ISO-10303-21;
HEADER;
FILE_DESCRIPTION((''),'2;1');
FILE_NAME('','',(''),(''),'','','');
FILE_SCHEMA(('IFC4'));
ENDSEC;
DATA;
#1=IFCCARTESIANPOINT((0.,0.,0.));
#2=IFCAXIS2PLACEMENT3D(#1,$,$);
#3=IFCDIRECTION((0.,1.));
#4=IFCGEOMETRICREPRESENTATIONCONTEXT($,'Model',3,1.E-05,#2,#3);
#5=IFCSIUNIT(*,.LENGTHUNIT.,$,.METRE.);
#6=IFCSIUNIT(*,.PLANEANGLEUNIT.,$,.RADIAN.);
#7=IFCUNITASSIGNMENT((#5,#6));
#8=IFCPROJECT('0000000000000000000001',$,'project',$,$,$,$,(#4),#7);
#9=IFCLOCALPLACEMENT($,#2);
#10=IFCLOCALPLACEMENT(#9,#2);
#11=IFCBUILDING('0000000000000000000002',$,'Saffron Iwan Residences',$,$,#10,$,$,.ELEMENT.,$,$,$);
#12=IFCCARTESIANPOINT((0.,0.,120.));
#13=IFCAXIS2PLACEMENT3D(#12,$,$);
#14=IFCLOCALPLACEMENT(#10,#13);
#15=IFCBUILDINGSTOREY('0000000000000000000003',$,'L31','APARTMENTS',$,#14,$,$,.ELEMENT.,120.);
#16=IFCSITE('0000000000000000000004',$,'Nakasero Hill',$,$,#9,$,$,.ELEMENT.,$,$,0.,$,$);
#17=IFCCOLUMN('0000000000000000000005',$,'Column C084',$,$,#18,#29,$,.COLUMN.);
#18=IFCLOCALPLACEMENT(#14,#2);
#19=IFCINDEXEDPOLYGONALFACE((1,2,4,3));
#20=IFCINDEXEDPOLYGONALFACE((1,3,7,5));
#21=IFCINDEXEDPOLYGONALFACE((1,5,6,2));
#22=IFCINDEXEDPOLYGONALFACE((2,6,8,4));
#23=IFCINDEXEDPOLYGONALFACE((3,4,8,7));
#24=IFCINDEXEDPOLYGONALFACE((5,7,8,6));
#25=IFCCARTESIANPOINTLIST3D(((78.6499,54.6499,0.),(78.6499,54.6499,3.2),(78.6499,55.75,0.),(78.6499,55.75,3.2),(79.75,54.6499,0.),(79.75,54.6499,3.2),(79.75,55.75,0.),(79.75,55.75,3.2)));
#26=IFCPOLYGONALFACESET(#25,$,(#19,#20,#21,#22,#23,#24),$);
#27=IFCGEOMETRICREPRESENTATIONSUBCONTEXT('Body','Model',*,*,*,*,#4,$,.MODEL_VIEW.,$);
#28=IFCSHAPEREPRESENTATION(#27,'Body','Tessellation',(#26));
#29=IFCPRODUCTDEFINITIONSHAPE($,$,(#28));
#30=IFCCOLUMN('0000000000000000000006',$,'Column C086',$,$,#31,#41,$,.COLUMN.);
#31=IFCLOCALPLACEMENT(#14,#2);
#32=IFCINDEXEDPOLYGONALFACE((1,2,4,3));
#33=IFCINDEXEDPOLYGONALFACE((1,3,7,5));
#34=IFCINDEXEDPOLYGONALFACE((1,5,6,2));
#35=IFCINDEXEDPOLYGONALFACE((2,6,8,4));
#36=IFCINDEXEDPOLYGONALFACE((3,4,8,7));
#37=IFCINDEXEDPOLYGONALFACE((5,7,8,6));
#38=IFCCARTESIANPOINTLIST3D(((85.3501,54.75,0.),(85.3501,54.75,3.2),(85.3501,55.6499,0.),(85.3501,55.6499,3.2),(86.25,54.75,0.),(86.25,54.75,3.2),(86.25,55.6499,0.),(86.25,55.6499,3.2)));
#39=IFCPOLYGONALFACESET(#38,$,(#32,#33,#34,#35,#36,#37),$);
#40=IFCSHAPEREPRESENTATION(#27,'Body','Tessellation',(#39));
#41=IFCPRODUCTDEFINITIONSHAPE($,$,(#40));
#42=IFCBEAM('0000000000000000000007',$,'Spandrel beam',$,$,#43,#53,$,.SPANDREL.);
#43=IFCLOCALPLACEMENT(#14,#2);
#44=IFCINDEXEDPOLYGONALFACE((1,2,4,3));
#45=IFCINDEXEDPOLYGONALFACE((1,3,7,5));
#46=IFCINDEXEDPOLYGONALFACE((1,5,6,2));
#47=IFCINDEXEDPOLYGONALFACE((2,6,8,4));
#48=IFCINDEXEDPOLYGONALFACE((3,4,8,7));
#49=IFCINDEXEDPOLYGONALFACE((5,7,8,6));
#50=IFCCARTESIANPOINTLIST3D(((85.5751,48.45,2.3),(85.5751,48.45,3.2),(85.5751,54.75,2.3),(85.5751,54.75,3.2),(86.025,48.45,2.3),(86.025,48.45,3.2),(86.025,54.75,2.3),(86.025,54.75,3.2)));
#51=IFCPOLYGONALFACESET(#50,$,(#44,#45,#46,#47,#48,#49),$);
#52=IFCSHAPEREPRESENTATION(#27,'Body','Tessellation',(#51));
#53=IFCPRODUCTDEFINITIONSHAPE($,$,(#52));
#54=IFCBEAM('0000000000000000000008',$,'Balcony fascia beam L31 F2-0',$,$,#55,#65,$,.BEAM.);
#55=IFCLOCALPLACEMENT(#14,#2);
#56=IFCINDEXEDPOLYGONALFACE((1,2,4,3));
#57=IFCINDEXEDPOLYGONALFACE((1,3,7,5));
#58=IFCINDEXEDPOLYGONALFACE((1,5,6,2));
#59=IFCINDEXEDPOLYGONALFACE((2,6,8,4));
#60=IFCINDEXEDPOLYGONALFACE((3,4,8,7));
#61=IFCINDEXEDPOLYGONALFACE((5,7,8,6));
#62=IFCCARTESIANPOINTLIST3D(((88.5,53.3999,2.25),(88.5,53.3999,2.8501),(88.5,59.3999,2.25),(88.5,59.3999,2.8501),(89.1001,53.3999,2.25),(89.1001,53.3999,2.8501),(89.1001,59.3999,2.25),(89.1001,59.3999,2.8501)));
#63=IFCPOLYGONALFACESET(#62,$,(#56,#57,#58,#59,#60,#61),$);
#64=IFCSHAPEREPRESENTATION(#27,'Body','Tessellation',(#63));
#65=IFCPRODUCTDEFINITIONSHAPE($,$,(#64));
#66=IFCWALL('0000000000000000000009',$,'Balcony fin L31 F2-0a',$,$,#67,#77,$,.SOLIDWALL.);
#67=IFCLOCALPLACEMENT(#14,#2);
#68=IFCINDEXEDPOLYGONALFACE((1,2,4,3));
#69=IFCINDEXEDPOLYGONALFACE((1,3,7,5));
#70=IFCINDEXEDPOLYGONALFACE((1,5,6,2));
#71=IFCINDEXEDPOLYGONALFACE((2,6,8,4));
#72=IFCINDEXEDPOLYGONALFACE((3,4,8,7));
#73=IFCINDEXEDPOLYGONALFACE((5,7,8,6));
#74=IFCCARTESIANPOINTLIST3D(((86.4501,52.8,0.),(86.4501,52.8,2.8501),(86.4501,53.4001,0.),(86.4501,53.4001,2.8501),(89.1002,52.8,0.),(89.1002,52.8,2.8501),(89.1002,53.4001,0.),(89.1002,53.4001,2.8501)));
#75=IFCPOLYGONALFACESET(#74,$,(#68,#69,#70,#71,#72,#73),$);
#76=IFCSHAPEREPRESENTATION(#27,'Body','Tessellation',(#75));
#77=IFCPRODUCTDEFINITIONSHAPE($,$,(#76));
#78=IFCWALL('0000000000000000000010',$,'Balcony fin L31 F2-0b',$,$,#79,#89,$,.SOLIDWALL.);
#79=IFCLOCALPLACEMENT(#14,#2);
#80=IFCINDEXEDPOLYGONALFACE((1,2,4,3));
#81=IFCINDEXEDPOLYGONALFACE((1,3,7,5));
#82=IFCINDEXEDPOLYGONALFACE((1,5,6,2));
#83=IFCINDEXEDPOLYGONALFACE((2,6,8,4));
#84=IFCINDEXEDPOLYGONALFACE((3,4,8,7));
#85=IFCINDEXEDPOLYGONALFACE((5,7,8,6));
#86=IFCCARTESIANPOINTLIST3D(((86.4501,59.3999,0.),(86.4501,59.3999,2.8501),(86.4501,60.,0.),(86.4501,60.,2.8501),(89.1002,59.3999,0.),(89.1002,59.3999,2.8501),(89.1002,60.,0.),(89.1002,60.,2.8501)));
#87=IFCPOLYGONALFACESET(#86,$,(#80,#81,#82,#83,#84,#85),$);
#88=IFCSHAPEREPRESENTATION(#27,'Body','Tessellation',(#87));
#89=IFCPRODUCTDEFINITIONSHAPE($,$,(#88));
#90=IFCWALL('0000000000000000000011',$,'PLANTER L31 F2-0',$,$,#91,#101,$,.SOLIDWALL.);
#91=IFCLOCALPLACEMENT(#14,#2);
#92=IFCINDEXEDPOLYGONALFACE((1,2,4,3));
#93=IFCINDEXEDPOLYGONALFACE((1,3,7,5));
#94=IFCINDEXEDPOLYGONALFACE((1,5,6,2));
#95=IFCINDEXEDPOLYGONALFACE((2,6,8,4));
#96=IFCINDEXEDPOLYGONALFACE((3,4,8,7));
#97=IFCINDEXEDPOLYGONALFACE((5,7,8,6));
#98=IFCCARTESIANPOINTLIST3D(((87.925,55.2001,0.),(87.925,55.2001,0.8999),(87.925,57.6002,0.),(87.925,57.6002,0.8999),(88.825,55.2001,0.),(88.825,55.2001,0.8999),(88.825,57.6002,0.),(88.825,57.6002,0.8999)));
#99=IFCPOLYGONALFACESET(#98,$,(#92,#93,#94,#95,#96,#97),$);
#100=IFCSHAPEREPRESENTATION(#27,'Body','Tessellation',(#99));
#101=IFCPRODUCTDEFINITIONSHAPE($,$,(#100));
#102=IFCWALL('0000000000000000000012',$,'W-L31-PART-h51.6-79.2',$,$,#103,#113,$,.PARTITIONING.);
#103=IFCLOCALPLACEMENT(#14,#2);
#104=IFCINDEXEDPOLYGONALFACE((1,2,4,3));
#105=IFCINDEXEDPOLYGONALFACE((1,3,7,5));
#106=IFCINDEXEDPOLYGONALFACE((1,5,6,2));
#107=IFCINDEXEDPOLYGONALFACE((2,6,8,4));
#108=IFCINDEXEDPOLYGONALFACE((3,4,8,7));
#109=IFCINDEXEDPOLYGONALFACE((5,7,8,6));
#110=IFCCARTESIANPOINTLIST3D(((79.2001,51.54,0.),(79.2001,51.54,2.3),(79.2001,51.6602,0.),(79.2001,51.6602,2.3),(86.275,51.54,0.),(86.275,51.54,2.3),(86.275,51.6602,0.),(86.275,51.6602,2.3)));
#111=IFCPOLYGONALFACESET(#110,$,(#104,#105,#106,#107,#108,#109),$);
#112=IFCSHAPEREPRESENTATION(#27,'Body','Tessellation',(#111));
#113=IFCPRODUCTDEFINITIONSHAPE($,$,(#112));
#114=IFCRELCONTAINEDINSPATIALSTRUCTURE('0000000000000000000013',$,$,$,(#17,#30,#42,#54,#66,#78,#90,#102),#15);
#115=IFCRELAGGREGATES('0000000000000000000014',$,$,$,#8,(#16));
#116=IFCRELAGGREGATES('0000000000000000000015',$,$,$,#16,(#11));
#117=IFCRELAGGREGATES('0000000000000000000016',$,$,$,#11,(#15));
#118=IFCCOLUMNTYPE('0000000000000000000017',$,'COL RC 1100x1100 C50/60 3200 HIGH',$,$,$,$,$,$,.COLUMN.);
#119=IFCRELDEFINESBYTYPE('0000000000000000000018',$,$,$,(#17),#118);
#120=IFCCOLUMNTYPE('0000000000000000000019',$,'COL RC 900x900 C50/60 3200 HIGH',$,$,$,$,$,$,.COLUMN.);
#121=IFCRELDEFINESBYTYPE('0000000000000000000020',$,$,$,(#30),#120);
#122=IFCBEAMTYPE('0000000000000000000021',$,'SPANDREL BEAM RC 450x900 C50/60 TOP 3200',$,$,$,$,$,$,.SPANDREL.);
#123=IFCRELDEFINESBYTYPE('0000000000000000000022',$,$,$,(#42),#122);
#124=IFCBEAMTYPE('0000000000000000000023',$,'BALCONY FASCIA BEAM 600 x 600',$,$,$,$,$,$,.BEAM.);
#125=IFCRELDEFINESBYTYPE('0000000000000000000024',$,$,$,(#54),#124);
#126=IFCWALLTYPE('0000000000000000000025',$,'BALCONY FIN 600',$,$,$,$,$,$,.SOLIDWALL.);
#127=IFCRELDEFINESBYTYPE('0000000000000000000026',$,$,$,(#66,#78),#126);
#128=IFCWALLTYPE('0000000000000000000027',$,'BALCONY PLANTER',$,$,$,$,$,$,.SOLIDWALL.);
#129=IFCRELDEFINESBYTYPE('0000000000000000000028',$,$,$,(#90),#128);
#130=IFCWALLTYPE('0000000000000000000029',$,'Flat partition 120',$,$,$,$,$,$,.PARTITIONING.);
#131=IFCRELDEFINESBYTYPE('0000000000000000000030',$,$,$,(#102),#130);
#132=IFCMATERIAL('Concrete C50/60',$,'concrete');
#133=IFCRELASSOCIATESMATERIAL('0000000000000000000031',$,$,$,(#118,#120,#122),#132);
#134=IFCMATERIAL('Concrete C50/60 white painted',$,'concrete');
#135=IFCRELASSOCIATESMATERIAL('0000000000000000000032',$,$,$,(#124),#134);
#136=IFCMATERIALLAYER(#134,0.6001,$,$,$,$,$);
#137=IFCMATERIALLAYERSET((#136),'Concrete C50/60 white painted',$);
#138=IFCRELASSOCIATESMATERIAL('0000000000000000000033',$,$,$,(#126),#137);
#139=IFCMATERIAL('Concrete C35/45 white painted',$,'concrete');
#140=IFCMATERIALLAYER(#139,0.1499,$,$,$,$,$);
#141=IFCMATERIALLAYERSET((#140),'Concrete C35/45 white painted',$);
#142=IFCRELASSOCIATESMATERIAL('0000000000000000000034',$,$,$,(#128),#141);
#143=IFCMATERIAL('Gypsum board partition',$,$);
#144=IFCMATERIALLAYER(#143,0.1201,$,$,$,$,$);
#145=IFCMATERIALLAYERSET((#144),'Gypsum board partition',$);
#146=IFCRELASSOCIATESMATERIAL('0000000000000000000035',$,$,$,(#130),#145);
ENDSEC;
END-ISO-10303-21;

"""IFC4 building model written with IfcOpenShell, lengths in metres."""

from ifc_helpers import new_model, si_unit, direction, frame, frame_2d, origin, origin_2d, place, context, subcontext, project, spatial, rectangle, extrude, source, transform, mapped, material, layer, layer_set, material_profile, profile_set, type_object, element, save


model = new_model("IFC4")

# Units and contexts
model_context = context("Model", 3, precision=1e-05, world=origin(), true_north=direction((0.0, 1.0)))
body_context = subcontext(model_context, "Body", "Model", "MODEL_VIEW")
ifc_project = project(units=[si_unit("LENGTHUNIT", "METRE"), si_unit("PLANEANGLEUNIT", "RADIAN")], contexts=[model_context])

# Site, building, storey
site_placement = place(None, origin())
site = spatial("IfcSite", under=ifc_project, at=site_placement, Name="Nakasero Hill", CompositionType="ELEMENT", RefElevation=0.0)
building_placement = place(site_placement, origin())
building = spatial("IfcBuilding", under=site, at=building_placement, Name="Saffron Iwan Residences", CompositionType="ELEMENT")
storey_placement = place(building_placement, frame((0.0, 0.0, 120.0)))
storey = spatial("IfcBuildingStorey", under=building, at=storey_placement, Name="L31", Description="APARTMENTS", CompositionType="ELEMENT", Elevation=120.0)

# Columns
ifc_material_1 = material(Name="Concrete C50/60", Category="concrete")
ifc_material_profile_1 = material_profile(ifc_material_1, rectangle(XDim=1.1001, YDim=1.1001, at=origin_2d()), Name="RC 1100x1100")
ifc_profile_set_1 = profile_set([ifc_material_profile_1], Name="Concrete C50/60")
column_type_1 = type_object("IfcColumnType", Name="COL RC 1100x1100 C50/60 3200 HIGH", PredefinedType="COLUMN", material=ifc_profile_set_1)
shared_shape_1 = source(origin(), body_context, "Body", "SweptSolid", [
    extrude(rectangle(XDim=1.1001, YDim=1.1001, at=origin_2d()), origin(), (0.0, 0.0, 1.0), 3.2),
])
column_1_placement = place(storey_placement, frame((79.2, 55.2, 0.0), z_axis=(0.0, 0.0, 1.0), x_axis=(1.0, 0.0, 0.0)))
element("IfcColumn", 1, at=column_1_placement, inside=storey, type_object=column_type_1, Name="Column C084", PredefinedType="COLUMN", context=body_context, shape_type="MappedRepresentation", body=[
    mapped(shared_shape_1, transform((0.0, 0.0, 0.0))),
])
ifc_material_profile_2 = material_profile(ifc_material_1, rectangle(XDim=0.8999, YDim=0.8999, at=origin_2d()), Name="RC 900x900")
ifc_profile_set_2 = profile_set([ifc_material_profile_2], Name="Concrete C50/60")
column_type_2 = type_object("IfcColumnType", Name="COL RC 900x900 C50/60 3200 HIGH", PredefinedType="COLUMN", material=ifc_profile_set_2)
shared_shape_2 = source(origin(), body_context, "Body", "SweptSolid", [
    extrude(rectangle(XDim=0.8999, YDim=0.8999, at=origin_2d()), origin(), (0.0, 0.0, 1.0), 3.2),
])
column_2_placement = place(storey_placement, frame((85.8, 55.2, 0.0), z_axis=(0.0, 0.0, 1.0), x_axis=(1.0, 0.0, 0.0)))
element("IfcColumn", 2, at=column_2_placement, inside=storey, type_object=column_type_2, Name="Column C086", PredefinedType="COLUMN", context=body_context, shape_type="MappedRepresentation", body=[
    mapped(shared_shape_2, transform((0.0, 0.0, 0.0))),
])

# Beams
ifc_material_profile_3 = material_profile(ifc_material_1, rectangle(XDim=0.45, YDim=0.8999, at=origin_2d()), Name="RC 450x900")
ifc_profile_set_3 = profile_set([ifc_material_profile_3], Name="Concrete C50/60")
beam_type_1 = type_object("IfcBeamType", Name="SPANDREL BEAM RC 450x900 C50/60 TOP 3200", PredefinedType="SPANDREL", material=ifc_profile_set_3)
shared_shape_3 = source(origin(), body_context, "Body", "SweptSolid", [
    extrude(rectangle(XDim=0.45, YDim=0.8999, at=origin_2d()), origin(), (0.0, 0.0, 1.0), 6.3),
])
beam_1_placement = place(storey_placement, frame((85.8, 54.75, 2.75), z_axis=(0.0, -1.0, 0.0), x_axis=(1.0, 0.0, 0.0)))
element("IfcBeam", 3, at=beam_1_placement, inside=storey, type_object=beam_type_1, Name="Spandrel beam", PredefinedType="SPANDREL", context=body_context, shape_type="MappedRepresentation", body=[
    mapped(shared_shape_3, transform((0.0, 0.0, 0.0))),
])
ifc_material_2 = material(Name="Concrete C50/60 white painted", Category="concrete")
ifc_material_profile_4 = material_profile(ifc_material_2, rectangle(XDim=0.6001, YDim=0.6001, at=origin_2d()), Name="BALCONY FASCIA BEAM 600 x 600")
ifc_profile_set_4 = profile_set([ifc_material_profile_4], Name="Concrete C50/60 white painted")
beam_type_2 = type_object("IfcBeamType", Name="BALCONY FASCIA BEAM 600 x 600", PredefinedType="BEAM", material=ifc_profile_set_4)
shared_shape_4 = source(origin(), body_context, "Body", "SweptSolid", [
    extrude(rectangle(XDim=0.6001, YDim=0.6001, at=origin_2d()), origin(), (0.0, 0.0, 1.0), 6.0),
])
beam_2_placement = place(storey_placement, frame((88.8, 53.3999, 2.55), z_axis=(0.0, 1.0, 0.0), x_axis=(-1.0, 0.0, 0.0)))
element("IfcBeam", 4, at=beam_2_placement, inside=storey, type_object=beam_type_2, Name="Balcony fascia beam L31 F2-0", PredefinedType="BEAM", context=body_context, shape_type="MappedRepresentation", body=[
    mapped(shared_shape_4, transform((0.0, 0.0, 0.0))),
])

# Walls
ifc_layer_1 = layer(ifc_material_2, 0.6001)
ifc_layer_set_1 = layer_set([ifc_layer_1], Name="Concrete C50/60 white painted")
wall_type_1 = type_object("IfcWallType", Name="BALCONY FIN 600", PredefinedType="SOLIDWALL", material=ifc_layer_set_1)
for number, where, z_axis, x_axis, name in (
    (5, (86.45, 53.1001, 0.0), (0.0, 0.0, 1.0), (1.0, 0.0, 0.0), "Balcony fin L31 F2-0a"),
    (6, (86.45, 59.7, 0.0), (0.0, 0.0, 1.0), (1.0, 0.0, 0.0), "Balcony fin L31 F2-0b"),
):
    element("IfcWall", number, at=place(storey_placement, frame(where, z_axis=z_axis, x_axis=x_axis)), inside=storey, type_object=wall_type_1, Name=name, PredefinedType="SOLIDWALL", context=body_context, shape_type="SweptSolid", body=[
        extrude(rectangle(XDim=2.6501, YDim=0.6001, at=frame_2d((1.3252, 0.0))), origin(), (0.0, 0.0, 1.0), 2.8501),
    ])
ifc_material_3 = material(Name="Concrete C35/45 white painted", Category="concrete")
ifc_layer_2 = layer(ifc_material_3, 0.1499)
ifc_layer_set_2 = layer_set([ifc_layer_2], Name="Concrete C35/45 white painted")
wall_type_2 = type_object("IfcWallType", Name="BALCONY PLANTER", PredefinedType="SOLIDWALL", material=ifc_layer_set_2)
wall_1_placement = place(storey_placement, frame((88.375, 55.2, 0.0), z_axis=(0.0, 0.0, 1.0), x_axis=(0.0, 1.0, 0.0)))
element("IfcWall", 7, at=wall_1_placement, inside=storey, type_object=wall_type_2, Name="PLANTER L31 F2-0", PredefinedType="SOLIDWALL", context=body_context, shape_type="SweptSolid", body=[
    extrude(rectangle(XDim=2.4001, YDim=0.8999, at=frame_2d((1.2002, 0.0))), origin(), (0.0, 0.0, 1.0), 0.8999),
])

# Wall
ifc_material_4 = material(Name="Gypsum board partition")
ifc_layer_3 = layer(ifc_material_4, 0.1201)
ifc_layer_set_3 = layer_set([ifc_layer_3], Name="Gypsum board partition")
wall_type_3 = type_object("IfcWallType", Name="Flat partition 120", PredefinedType="PARTITIONING", material=ifc_layer_set_3)
wall_2_placement = place(storey_placement, frame((79.2, 51.6001, 0.0), z_axis=(0.0, 0.0, 1.0), x_axis=(1.0, 0.0, 0.0)))
element("IfcWall", 8, at=wall_2_placement, inside=storey, type_object=wall_type_3, Name="W-L31-PART-h51.6-79.2", PredefinedType="PARTITIONING", context=body_context, shape_type="SweptSolid", body=[
    extrude(rectangle(XDim=7.075, YDim=0.1201, at=frame_2d((3.5376, 0.0))), origin(), (0.0, 0.0, 1.0), 2.3),
])

save(model, "model.ifc")
